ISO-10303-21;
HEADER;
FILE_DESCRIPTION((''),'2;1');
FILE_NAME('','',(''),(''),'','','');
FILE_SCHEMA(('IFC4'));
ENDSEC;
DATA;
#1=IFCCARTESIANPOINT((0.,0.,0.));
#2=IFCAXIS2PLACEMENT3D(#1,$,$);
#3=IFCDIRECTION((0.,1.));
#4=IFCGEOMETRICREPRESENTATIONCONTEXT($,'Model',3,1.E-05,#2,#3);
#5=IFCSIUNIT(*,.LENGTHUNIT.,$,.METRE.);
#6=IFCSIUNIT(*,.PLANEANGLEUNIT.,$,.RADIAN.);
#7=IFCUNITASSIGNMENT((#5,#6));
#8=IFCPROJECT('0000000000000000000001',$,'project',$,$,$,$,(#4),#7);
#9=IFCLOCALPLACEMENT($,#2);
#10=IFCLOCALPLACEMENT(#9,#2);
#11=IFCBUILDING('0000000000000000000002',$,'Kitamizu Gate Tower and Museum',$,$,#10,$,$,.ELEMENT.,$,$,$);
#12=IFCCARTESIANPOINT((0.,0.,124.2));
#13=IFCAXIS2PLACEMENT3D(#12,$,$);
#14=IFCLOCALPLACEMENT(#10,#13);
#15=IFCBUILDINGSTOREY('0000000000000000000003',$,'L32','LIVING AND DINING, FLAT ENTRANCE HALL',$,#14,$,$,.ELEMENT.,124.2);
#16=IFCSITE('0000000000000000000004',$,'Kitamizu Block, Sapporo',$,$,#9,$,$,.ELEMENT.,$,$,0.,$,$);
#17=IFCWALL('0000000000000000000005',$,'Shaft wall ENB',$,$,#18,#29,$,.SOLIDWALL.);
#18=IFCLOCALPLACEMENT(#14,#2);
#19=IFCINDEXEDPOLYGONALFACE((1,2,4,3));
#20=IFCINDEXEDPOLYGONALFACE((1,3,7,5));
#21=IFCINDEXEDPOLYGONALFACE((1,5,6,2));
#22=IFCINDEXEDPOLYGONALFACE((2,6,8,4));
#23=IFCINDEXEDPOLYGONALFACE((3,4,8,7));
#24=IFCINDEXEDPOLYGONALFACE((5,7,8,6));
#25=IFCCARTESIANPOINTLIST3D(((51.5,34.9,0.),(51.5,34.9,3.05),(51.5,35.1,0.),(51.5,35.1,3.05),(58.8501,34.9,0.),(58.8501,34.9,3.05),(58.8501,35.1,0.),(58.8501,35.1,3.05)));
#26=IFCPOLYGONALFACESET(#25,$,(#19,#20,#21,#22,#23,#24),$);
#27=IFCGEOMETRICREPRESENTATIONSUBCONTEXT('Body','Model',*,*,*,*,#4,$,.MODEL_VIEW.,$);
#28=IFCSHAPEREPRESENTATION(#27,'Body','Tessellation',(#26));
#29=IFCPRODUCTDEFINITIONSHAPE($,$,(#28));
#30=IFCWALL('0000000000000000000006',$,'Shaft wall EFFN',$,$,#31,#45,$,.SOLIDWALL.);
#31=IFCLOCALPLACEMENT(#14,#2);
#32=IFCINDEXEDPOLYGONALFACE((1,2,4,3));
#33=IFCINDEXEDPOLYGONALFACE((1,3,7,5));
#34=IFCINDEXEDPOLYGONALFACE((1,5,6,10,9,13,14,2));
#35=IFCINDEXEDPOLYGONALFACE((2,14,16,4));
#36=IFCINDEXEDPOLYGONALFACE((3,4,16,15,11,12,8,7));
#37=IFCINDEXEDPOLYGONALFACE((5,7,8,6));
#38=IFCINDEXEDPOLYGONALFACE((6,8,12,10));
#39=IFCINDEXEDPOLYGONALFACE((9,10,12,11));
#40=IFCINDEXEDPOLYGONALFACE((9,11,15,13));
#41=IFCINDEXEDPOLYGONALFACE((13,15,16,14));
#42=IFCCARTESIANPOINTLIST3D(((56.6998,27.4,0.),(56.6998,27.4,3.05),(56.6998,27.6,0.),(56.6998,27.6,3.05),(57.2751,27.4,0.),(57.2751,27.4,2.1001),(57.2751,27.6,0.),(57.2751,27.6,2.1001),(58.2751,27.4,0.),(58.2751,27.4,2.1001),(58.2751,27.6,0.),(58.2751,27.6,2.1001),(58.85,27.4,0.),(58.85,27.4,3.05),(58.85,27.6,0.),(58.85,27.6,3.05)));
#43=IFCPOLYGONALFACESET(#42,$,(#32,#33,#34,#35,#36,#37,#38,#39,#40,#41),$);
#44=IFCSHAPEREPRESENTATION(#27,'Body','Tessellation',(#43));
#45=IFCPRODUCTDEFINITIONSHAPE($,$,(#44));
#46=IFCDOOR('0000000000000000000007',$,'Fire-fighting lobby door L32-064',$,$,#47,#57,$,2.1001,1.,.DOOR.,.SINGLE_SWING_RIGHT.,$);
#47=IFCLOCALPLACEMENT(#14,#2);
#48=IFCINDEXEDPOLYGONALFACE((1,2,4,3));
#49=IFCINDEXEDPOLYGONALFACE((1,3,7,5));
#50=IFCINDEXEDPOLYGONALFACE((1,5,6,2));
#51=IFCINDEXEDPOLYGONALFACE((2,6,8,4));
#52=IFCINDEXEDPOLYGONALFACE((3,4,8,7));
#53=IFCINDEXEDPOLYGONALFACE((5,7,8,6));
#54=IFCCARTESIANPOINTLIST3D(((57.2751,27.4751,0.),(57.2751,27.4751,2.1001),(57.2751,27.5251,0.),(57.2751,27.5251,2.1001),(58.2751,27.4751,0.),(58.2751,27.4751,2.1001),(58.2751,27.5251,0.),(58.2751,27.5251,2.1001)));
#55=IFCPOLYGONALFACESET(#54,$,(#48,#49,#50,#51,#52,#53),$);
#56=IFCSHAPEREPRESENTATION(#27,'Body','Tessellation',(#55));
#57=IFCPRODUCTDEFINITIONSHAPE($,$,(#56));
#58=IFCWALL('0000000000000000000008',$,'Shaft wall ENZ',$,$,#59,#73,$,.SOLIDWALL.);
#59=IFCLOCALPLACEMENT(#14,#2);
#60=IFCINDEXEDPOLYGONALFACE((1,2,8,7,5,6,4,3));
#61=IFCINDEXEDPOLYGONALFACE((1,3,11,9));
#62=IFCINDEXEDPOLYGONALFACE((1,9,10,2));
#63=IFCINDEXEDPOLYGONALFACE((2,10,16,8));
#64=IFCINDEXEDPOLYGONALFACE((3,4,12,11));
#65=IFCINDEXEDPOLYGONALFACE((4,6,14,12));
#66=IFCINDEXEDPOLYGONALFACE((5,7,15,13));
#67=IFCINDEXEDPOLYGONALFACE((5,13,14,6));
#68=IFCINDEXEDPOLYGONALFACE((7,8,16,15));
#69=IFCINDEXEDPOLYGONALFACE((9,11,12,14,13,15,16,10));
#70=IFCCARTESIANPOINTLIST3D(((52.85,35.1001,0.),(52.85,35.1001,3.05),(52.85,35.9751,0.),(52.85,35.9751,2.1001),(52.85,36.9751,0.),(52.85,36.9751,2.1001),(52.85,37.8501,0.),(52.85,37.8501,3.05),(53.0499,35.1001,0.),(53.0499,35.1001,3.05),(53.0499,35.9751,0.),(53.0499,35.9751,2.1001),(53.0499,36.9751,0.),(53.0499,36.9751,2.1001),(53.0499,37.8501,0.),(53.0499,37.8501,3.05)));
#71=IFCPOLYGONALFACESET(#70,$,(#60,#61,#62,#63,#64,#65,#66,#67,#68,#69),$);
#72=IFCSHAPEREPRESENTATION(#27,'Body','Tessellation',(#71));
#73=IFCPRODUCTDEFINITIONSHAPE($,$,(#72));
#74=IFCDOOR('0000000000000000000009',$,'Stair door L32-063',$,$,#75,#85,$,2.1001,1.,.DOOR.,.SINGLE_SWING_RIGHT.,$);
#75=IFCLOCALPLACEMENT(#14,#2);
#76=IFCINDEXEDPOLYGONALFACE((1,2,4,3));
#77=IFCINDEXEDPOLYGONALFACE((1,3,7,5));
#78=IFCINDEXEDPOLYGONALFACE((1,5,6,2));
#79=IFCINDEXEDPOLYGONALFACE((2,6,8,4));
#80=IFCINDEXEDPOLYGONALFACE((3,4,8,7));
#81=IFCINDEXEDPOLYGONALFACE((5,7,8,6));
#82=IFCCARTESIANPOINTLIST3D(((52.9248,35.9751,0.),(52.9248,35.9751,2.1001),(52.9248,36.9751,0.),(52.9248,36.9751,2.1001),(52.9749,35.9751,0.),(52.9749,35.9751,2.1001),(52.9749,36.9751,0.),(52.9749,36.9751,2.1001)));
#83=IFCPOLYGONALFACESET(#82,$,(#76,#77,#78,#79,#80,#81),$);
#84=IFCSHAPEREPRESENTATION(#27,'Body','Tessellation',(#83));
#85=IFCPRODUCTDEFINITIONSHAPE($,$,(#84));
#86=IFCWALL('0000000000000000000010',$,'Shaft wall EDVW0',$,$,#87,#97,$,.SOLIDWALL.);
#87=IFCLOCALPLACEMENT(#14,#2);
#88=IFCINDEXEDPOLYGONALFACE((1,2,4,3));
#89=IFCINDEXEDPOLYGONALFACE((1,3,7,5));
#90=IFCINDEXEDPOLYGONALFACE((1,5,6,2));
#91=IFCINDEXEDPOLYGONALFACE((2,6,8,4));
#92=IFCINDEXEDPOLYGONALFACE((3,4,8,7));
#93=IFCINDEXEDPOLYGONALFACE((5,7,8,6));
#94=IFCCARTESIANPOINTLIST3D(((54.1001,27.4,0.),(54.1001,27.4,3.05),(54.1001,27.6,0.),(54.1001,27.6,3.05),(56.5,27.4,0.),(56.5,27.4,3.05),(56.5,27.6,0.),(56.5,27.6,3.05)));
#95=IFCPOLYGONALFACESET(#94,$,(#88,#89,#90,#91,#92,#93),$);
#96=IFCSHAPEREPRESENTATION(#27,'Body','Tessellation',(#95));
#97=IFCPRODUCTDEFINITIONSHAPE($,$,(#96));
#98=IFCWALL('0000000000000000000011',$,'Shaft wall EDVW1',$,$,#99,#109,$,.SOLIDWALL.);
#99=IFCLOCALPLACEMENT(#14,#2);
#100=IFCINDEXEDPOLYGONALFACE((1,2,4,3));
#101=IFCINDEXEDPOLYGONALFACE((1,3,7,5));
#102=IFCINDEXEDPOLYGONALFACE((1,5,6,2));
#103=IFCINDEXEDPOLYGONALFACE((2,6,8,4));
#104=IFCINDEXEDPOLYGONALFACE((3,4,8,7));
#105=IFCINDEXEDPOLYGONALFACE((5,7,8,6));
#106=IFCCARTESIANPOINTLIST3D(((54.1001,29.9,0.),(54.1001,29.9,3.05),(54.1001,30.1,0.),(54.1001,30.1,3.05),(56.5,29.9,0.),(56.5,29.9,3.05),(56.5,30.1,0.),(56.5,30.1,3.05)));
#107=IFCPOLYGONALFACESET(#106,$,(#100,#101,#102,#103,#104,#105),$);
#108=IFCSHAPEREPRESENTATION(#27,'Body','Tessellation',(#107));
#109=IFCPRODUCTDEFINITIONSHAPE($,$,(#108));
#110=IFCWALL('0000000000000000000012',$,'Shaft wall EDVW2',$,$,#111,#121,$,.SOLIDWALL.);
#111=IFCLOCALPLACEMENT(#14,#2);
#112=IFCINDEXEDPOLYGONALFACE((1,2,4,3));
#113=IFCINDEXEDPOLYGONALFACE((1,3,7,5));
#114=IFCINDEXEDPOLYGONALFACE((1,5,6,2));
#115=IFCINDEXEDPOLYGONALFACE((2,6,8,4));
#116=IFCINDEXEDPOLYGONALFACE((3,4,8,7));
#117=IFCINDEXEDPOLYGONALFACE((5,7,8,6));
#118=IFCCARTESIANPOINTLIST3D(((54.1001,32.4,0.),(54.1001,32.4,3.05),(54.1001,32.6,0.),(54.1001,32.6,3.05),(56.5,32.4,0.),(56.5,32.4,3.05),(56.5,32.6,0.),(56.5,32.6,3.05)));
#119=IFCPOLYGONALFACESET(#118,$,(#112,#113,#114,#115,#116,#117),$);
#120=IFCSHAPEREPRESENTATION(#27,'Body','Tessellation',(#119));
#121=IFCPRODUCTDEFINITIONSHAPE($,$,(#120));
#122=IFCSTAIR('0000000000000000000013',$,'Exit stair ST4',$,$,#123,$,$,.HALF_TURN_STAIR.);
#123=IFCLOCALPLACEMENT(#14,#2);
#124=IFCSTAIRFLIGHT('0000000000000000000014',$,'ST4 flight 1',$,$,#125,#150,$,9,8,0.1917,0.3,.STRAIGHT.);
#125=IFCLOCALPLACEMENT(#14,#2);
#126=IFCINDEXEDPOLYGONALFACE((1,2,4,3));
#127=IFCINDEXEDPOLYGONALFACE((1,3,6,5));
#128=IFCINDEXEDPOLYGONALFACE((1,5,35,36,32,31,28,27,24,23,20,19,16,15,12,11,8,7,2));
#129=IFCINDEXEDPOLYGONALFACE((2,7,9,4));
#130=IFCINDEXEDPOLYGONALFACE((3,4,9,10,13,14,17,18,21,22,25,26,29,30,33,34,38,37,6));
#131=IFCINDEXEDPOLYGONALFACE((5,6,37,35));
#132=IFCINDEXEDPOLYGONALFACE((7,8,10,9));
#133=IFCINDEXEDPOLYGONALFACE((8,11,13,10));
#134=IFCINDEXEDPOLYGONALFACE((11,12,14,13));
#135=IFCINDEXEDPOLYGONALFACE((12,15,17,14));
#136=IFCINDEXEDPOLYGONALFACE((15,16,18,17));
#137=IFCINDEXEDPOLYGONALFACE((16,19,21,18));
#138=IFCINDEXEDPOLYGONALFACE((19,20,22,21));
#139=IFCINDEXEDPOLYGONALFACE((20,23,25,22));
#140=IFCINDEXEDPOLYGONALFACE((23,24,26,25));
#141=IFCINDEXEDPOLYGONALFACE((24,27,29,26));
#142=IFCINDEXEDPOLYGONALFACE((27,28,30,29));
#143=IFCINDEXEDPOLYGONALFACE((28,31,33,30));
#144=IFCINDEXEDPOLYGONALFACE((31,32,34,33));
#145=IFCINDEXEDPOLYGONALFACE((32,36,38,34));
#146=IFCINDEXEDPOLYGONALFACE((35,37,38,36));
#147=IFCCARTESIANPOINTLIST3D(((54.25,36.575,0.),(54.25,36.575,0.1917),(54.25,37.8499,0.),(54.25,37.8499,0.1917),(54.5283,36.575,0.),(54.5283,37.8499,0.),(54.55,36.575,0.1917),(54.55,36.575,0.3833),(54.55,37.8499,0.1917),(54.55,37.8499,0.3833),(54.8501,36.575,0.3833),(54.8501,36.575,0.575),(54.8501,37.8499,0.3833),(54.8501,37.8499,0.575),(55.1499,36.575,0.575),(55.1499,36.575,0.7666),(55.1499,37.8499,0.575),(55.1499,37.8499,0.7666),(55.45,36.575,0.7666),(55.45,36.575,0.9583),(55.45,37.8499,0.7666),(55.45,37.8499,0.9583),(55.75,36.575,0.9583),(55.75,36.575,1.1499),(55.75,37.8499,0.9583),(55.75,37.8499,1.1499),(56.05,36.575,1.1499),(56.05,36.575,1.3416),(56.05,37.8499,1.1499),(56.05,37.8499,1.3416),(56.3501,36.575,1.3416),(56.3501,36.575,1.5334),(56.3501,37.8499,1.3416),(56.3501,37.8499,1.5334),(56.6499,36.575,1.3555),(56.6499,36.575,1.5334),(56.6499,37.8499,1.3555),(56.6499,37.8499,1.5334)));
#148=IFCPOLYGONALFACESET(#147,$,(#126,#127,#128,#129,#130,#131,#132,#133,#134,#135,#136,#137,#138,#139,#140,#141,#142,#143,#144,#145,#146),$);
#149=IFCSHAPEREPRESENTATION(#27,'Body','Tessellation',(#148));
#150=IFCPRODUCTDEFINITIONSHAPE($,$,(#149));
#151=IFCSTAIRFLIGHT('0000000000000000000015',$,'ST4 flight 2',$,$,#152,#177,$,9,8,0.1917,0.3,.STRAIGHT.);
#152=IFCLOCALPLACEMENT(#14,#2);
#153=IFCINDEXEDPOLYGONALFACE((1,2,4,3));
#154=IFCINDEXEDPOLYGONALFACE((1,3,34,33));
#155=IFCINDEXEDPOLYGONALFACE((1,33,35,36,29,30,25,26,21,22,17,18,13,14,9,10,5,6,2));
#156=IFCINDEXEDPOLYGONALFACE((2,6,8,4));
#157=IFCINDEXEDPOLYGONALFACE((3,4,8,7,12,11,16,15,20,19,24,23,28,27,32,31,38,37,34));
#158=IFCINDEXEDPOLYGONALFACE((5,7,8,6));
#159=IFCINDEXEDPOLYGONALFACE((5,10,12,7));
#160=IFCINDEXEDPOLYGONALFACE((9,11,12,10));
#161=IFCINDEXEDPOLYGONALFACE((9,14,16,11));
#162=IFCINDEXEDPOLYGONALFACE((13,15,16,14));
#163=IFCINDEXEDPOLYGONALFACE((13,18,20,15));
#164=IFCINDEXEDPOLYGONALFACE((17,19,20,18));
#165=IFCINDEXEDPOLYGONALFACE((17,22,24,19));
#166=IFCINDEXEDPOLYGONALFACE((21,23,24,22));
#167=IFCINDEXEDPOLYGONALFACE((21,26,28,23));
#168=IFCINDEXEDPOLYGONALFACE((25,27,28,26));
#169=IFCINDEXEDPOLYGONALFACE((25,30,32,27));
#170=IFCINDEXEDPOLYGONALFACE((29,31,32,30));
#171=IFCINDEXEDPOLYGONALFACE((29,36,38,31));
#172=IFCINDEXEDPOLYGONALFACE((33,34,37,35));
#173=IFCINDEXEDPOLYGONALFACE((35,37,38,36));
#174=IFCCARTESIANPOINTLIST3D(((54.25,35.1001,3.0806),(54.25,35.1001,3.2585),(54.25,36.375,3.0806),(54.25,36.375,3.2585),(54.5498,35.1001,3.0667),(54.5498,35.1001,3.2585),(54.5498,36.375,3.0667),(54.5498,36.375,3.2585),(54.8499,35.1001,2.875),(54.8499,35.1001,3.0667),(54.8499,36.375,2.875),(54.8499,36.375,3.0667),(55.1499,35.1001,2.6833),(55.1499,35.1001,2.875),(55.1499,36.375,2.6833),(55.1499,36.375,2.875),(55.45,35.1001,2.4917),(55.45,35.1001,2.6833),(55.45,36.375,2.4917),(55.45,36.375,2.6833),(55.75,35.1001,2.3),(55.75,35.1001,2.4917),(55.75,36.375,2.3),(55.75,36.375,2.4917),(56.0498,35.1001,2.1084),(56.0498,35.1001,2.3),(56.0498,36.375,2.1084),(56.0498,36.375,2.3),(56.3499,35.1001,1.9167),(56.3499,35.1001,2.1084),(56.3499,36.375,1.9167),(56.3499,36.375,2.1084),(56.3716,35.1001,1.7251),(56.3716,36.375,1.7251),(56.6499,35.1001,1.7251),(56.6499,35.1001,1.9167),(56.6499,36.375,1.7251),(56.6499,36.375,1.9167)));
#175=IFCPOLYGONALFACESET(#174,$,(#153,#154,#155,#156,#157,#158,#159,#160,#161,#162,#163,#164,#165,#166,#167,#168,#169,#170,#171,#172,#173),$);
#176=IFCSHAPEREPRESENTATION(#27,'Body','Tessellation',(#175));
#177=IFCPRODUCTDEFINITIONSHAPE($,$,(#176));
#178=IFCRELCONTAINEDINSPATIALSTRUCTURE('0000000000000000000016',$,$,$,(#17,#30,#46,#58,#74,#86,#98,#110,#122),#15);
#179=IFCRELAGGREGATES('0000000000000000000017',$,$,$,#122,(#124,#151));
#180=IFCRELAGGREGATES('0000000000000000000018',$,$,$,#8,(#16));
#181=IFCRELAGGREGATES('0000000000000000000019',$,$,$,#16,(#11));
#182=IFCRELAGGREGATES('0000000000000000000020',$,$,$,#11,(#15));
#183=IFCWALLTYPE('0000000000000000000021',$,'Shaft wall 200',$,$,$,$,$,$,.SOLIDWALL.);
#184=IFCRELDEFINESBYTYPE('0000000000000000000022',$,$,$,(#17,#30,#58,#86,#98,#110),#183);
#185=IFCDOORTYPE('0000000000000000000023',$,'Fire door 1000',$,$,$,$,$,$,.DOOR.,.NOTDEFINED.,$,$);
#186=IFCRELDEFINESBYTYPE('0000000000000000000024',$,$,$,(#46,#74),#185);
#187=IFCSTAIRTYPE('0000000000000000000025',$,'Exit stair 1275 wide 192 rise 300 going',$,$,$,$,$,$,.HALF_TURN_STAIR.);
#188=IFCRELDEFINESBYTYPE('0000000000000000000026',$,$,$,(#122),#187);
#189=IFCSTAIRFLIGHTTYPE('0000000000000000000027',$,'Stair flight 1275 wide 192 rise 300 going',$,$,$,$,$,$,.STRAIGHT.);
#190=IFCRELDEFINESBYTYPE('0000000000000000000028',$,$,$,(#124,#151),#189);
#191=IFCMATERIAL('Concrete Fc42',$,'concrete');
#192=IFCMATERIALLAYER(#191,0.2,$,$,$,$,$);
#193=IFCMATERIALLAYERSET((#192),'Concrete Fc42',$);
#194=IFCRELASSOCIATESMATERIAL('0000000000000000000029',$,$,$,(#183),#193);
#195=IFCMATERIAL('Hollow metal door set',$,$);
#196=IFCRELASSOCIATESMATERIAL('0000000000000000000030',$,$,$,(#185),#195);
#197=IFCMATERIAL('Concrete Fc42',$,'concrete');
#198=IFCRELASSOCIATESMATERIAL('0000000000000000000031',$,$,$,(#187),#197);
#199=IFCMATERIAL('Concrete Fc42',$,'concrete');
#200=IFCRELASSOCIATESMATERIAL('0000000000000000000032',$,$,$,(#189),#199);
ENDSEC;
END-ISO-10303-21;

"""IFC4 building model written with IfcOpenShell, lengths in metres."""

from ifc_helpers import new_model, si_unit, direction, frame, frame_2d, origin, place, context, subcontext, project, spatial, polyline, rectangle, outline, extrude, material, layer, layer_set, type_object, element, fill, aggregate, save


model = new_model("IFC4")

# Units and contexts
model_context = context("Model", 3, precision=1e-05, world=origin(), true_north=direction((0.0, 1.0)))
body_context = subcontext(model_context, "Body", "Model", "MODEL_VIEW")
ifc_project = project(units=[si_unit("LENGTHUNIT", "METRE"), si_unit("PLANEANGLEUNIT", "RADIAN")], contexts=[model_context])

# Site, building, storey
site_placement = place(None, origin())
site = spatial("IfcSite", under=ifc_project, at=site_placement, Name="Kitamizu Block, Sapporo", CompositionType="ELEMENT", RefElevation=0.0)
building_placement = place(site_placement, origin())
building = spatial("IfcBuilding", under=site, at=building_placement, Name="Kitamizu Gate Tower and Museum", CompositionType="ELEMENT")
storey_placement = place(building_placement, frame((0.0, 0.0, 124.2)))
storey = spatial("IfcBuildingStorey", under=building, at=storey_placement, Name="L32", Description="LIVING AND DINING, FLAT ENTRANCE HALL", CompositionType="ELEMENT", Elevation=124.2)

# Wall
ifc_material_1 = material(Name="Concrete Fc42", Category="concrete")
ifc_layer_1 = layer(ifc_material_1, 0.2)
ifc_layer_set_1 = layer_set([ifc_layer_1], Name="Concrete Fc42")
wall_type_1 = type_object("IfcWallType", Name="Shaft wall 200", PredefinedType="SOLIDWALL", material=ifc_layer_set_1)
wall_1_placement = place(storey_placement, frame((58.8501, 35.0, 0.0), z_axis=(0.0, 0.0, 1.0), x_axis=(-1.0, 0.0, 0.0)))
element("IfcWall", 1, at=wall_1_placement, inside=storey, type_object=wall_type_1, Name="Shaft wall ENB", PredefinedType="SOLIDWALL", context=body_context, shape_type="SweptSolid", body=[
    extrude(rectangle(XDim=7.3501, YDim=0.2, at=frame_2d((3.675, 0.0))), origin(), (0.0, 0.0, 1.0), 3.05),
])

# Walls, openings, doors
wall_2_placement = place(storey_placement, frame((58.8501, 27.5, 0.0), z_axis=(0.0, 0.0, 1.0), x_axis=(-1.0, 0.0, 0.0)))
wall_2 = element("IfcWall", 2, at=wall_2_placement, inside=storey, type_object=wall_type_1, Name="Shaft wall EFFN", PredefinedType="SOLIDWALL", context=body_context, shape_type="SweptSolid", body=[
    extrude(rectangle(XDim=2.1501, YDim=0.2, at=frame_2d((1.0752, 0.0))), origin(), (0.0, 0.0, 1.0), 3.05),
])
opening_1_placement = place(wall_2_placement, frame((0.575, 0.0, 0.0)))
opening_1 = element("IfcOpeningElement", 3, at=opening_1_placement, cuts=wall_2, PredefinedType="OPENING", context=body_context, shape_type="SweptSolid", body=[
    extrude(rectangle(XDim=1.0, YDim=2.1001, at=frame_2d((0.5, 1.05))), frame((0.0, 0.1099, 0.0), z_axis=(0.0, -1.0, 0.0), x_axis=(1.0, 0.0, 0.0)), (0.0, 0.0, 1.0), 0.22),
])
ifc_material_2 = material(Name="Hollow metal door set")
door_type_1 = type_object("IfcDoorType", Name="Fire door 1000", OperationType="NOTDEFINED", PredefinedType="DOOR", material=ifc_material_2)
door_1_placement = place(opening_1_placement, origin())
door_1 = element("IfcDoor", 4, at=door_1_placement, inside=storey, type_object=door_type_1, Name="Fire-fighting lobby door L32-064", OperationType="SINGLE_SWING_RIGHT", OverallHeight=2.1001, OverallWidth=1.0, PredefinedType="DOOR", context=body_context, shape_type="SweptSolid", body=[
    extrude(rectangle(XDim=1.0, YDim=2.1001, at=frame_2d((0.5, 1.05))), frame((0.0, 0.0249, 0.0), z_axis=(0.0, -1.0, 0.0), x_axis=(1.0, 0.0, 0.0)), (0.0, 0.0, 1.0), 0.05),
])
fill(opening_1, door_1)
wall_3_placement = place(storey_placement, frame((52.95, 35.1001, 0.0), z_axis=(0.0, 0.0, 1.0), x_axis=(0.0, 1.0, 0.0)))
wall_3 = element("IfcWall", 5, at=wall_3_placement, inside=storey, type_object=wall_type_1, Name="Shaft wall ENZ", PredefinedType="SOLIDWALL", context=body_context, shape_type="SweptSolid", body=[
    extrude(rectangle(XDim=2.75, YDim=0.2, at=frame_2d((1.375, 0.0))), origin(), (0.0, 0.0, 1.0), 3.05),
])
opening_2_placement = place(wall_3_placement, frame((0.875, 0.0, 0.0)))
opening_2 = element("IfcOpeningElement", 6, at=opening_2_placement, cuts=wall_3, PredefinedType="OPENING", context=body_context, shape_type="SweptSolid", body=[
    extrude(rectangle(XDim=1.0, YDim=2.1001, at=frame_2d((0.5, 1.05))), frame((0.0, 0.1099, 0.0), z_axis=(0.0, -1.0, 0.0), x_axis=(1.0, 0.0, 0.0)), (0.0, 0.0, 1.0), 0.22),
])
door_2_placement = place(opening_2_placement, frame((1.0, 0.0, 0.0), x_axis=(-1.0, 0.0, 0.0)))
door_2 = element("IfcDoor", 7, at=door_2_placement, inside=storey, type_object=door_type_1, Name="Stair door L32-063", OperationType="SINGLE_SWING_RIGHT", OverallHeight=2.1001, OverallWidth=1.0, PredefinedType="DOOR", context=body_context, shape_type="SweptSolid", body=[
    extrude(rectangle(XDim=1.0, YDim=2.1001, at=frame_2d((0.5, 1.05))), frame((0.0, 0.0249, 0.0), z_axis=(0.0, -1.0, 0.0), x_axis=(1.0, 0.0, 0.0)), (0.0, 0.0, 1.0), 0.05),
])
fill(opening_2, door_2)

# Walls
for number, where, z_axis, x_axis, name in (
    (8, (56.5, 27.5, 0.0), (0.0, 0.0, 1.0), (-1.0, 0.0, 0.0), "Shaft wall EDVW0"),
    (9, (56.5, 30.0, 0.0), (0.0, 0.0, 1.0), (-1.0, 0.0, 0.0), "Shaft wall EDVW1"),
    (10, (56.5, 32.5, 0.0), (0.0, 0.0, 1.0), (-1.0, 0.0, 0.0), "Shaft wall EDVW2"),
):
    element("IfcWall", number, at=place(storey_placement, frame(where, z_axis=z_axis, x_axis=x_axis)), inside=storey, type_object=wall_type_1, Name=name, PredefinedType="SOLIDWALL", context=body_context, shape_type="SweptSolid", body=[
        extrude(rectangle(XDim=2.3999, YDim=0.2, at=frame_2d((1.2, 0.0))), origin(), (0.0, 0.0, 1.0), 3.05),
    ])

# Stair, stair flights
ifc_material_3 = material(Name="Concrete Fc42", Category="concrete")
stair_type = type_object("IfcStairType", Name="Exit stair 1275 wide 192 rise 300 going", PredefinedType="HALF_TURN_STAIR", material=ifc_material_3)
stair_placement = place(storey_placement, origin())
stair = element("IfcStair", 11, at=stair_placement, inside=storey, type_object=stair_type, Name="Exit stair ST4", PredefinedType="HALF_TURN_STAIR")
ifc_material_4 = material(Name="Concrete Fc42", Category="concrete")
stair_flight_type = type_object("IfcStairFlightType", Name="Stair flight 1275 wide 192 rise 300 going", PredefinedType="STRAIGHT", material=ifc_material_4)
stair_flight_1_placement = place(storey_placement, frame((54.25, 37.2124, 0.0), z_axis=(0.0, 0.0, 1.0), x_axis=(1.0, 0.0, 0.0)))
stair_flight_1 = element("IfcStairFlight", 12, at=stair_flight_1_placement, type_object=stair_flight_type, Name="ST4 flight 1", NumberOfRisers=9, NumberOfTreads=8, PredefinedType="STRAIGHT", RiserHeight=0.1917, TreadLength=0.3, context=body_context, shape_type="SweptSolid", body=[
    extrude(outline(polyline([(0.0, 0.0), (0.0, 0.1917), (0.3, 0.1917), (0.3, 0.3833), (0.6001, 0.3833), (0.6001, 0.575), (0.8999, 0.575), (0.8999, 0.7666), (1.2, 0.7666), (1.2, 0.9583), (1.5, 0.9583), (1.5, 1.1499), (1.8, 1.1499), (1.8, 1.3416), (2.1001, 1.3416), (2.1001, 1.5334), (2.3999, 1.5334), (2.3999, 1.7251), (2.3999, 1.3555), (0.2783, 0.0), (0.0, 0.0)])), frame((0.0, 0.6375, 0.0), z_axis=(0.0, -1.0, 0.0), x_axis=(1.0, 0.0, 0.0)), (0.0, 0.0, 1.0), 1.2749),
])
stair_flight_2_placement = place(storey_placement, frame((56.6499, 35.7375, 1.7251), z_axis=(0.0, 0.0, 1.0), x_axis=(-1.0, 0.0, 0.0)))
stair_flight_2 = element("IfcStairFlight", 13, at=stair_flight_2_placement, type_object=stair_flight_type, Name="ST4 flight 2", NumberOfRisers=9, NumberOfTreads=8, PredefinedType="STRAIGHT", RiserHeight=0.1917, TreadLength=0.3, context=body_context, shape_type="SweptSolid", body=[
    extrude(outline(polyline([(0.0, 0.0), (0.0, 0.1917), (0.3, 0.1917), (0.3, 0.3833), (0.6001, 0.3833), (0.6001, 0.575), (0.8999, 0.575), (0.8999, 0.7666), (1.2, 0.7666), (1.2, 0.9583), (1.5, 0.9583), (1.5, 1.1499), (1.8, 1.1499), (1.8, 1.3416), (2.1001, 1.3416), (2.1001, 1.5334), (2.3999, 1.5334), (2.3999, 1.7251), (2.3999, 1.3555), (0.2783, 0.0), (0.0, 0.0)])), frame((0.0, 0.6375, 0.0), z_axis=(0.0, -1.0, 0.0), x_axis=(1.0, 0.0, 0.0)), (0.0, 0.0, 1.0), 1.2749),
])
aggregate(stair, [stair_flight_1, stair_flight_2])

save(model, "model.ifc")
